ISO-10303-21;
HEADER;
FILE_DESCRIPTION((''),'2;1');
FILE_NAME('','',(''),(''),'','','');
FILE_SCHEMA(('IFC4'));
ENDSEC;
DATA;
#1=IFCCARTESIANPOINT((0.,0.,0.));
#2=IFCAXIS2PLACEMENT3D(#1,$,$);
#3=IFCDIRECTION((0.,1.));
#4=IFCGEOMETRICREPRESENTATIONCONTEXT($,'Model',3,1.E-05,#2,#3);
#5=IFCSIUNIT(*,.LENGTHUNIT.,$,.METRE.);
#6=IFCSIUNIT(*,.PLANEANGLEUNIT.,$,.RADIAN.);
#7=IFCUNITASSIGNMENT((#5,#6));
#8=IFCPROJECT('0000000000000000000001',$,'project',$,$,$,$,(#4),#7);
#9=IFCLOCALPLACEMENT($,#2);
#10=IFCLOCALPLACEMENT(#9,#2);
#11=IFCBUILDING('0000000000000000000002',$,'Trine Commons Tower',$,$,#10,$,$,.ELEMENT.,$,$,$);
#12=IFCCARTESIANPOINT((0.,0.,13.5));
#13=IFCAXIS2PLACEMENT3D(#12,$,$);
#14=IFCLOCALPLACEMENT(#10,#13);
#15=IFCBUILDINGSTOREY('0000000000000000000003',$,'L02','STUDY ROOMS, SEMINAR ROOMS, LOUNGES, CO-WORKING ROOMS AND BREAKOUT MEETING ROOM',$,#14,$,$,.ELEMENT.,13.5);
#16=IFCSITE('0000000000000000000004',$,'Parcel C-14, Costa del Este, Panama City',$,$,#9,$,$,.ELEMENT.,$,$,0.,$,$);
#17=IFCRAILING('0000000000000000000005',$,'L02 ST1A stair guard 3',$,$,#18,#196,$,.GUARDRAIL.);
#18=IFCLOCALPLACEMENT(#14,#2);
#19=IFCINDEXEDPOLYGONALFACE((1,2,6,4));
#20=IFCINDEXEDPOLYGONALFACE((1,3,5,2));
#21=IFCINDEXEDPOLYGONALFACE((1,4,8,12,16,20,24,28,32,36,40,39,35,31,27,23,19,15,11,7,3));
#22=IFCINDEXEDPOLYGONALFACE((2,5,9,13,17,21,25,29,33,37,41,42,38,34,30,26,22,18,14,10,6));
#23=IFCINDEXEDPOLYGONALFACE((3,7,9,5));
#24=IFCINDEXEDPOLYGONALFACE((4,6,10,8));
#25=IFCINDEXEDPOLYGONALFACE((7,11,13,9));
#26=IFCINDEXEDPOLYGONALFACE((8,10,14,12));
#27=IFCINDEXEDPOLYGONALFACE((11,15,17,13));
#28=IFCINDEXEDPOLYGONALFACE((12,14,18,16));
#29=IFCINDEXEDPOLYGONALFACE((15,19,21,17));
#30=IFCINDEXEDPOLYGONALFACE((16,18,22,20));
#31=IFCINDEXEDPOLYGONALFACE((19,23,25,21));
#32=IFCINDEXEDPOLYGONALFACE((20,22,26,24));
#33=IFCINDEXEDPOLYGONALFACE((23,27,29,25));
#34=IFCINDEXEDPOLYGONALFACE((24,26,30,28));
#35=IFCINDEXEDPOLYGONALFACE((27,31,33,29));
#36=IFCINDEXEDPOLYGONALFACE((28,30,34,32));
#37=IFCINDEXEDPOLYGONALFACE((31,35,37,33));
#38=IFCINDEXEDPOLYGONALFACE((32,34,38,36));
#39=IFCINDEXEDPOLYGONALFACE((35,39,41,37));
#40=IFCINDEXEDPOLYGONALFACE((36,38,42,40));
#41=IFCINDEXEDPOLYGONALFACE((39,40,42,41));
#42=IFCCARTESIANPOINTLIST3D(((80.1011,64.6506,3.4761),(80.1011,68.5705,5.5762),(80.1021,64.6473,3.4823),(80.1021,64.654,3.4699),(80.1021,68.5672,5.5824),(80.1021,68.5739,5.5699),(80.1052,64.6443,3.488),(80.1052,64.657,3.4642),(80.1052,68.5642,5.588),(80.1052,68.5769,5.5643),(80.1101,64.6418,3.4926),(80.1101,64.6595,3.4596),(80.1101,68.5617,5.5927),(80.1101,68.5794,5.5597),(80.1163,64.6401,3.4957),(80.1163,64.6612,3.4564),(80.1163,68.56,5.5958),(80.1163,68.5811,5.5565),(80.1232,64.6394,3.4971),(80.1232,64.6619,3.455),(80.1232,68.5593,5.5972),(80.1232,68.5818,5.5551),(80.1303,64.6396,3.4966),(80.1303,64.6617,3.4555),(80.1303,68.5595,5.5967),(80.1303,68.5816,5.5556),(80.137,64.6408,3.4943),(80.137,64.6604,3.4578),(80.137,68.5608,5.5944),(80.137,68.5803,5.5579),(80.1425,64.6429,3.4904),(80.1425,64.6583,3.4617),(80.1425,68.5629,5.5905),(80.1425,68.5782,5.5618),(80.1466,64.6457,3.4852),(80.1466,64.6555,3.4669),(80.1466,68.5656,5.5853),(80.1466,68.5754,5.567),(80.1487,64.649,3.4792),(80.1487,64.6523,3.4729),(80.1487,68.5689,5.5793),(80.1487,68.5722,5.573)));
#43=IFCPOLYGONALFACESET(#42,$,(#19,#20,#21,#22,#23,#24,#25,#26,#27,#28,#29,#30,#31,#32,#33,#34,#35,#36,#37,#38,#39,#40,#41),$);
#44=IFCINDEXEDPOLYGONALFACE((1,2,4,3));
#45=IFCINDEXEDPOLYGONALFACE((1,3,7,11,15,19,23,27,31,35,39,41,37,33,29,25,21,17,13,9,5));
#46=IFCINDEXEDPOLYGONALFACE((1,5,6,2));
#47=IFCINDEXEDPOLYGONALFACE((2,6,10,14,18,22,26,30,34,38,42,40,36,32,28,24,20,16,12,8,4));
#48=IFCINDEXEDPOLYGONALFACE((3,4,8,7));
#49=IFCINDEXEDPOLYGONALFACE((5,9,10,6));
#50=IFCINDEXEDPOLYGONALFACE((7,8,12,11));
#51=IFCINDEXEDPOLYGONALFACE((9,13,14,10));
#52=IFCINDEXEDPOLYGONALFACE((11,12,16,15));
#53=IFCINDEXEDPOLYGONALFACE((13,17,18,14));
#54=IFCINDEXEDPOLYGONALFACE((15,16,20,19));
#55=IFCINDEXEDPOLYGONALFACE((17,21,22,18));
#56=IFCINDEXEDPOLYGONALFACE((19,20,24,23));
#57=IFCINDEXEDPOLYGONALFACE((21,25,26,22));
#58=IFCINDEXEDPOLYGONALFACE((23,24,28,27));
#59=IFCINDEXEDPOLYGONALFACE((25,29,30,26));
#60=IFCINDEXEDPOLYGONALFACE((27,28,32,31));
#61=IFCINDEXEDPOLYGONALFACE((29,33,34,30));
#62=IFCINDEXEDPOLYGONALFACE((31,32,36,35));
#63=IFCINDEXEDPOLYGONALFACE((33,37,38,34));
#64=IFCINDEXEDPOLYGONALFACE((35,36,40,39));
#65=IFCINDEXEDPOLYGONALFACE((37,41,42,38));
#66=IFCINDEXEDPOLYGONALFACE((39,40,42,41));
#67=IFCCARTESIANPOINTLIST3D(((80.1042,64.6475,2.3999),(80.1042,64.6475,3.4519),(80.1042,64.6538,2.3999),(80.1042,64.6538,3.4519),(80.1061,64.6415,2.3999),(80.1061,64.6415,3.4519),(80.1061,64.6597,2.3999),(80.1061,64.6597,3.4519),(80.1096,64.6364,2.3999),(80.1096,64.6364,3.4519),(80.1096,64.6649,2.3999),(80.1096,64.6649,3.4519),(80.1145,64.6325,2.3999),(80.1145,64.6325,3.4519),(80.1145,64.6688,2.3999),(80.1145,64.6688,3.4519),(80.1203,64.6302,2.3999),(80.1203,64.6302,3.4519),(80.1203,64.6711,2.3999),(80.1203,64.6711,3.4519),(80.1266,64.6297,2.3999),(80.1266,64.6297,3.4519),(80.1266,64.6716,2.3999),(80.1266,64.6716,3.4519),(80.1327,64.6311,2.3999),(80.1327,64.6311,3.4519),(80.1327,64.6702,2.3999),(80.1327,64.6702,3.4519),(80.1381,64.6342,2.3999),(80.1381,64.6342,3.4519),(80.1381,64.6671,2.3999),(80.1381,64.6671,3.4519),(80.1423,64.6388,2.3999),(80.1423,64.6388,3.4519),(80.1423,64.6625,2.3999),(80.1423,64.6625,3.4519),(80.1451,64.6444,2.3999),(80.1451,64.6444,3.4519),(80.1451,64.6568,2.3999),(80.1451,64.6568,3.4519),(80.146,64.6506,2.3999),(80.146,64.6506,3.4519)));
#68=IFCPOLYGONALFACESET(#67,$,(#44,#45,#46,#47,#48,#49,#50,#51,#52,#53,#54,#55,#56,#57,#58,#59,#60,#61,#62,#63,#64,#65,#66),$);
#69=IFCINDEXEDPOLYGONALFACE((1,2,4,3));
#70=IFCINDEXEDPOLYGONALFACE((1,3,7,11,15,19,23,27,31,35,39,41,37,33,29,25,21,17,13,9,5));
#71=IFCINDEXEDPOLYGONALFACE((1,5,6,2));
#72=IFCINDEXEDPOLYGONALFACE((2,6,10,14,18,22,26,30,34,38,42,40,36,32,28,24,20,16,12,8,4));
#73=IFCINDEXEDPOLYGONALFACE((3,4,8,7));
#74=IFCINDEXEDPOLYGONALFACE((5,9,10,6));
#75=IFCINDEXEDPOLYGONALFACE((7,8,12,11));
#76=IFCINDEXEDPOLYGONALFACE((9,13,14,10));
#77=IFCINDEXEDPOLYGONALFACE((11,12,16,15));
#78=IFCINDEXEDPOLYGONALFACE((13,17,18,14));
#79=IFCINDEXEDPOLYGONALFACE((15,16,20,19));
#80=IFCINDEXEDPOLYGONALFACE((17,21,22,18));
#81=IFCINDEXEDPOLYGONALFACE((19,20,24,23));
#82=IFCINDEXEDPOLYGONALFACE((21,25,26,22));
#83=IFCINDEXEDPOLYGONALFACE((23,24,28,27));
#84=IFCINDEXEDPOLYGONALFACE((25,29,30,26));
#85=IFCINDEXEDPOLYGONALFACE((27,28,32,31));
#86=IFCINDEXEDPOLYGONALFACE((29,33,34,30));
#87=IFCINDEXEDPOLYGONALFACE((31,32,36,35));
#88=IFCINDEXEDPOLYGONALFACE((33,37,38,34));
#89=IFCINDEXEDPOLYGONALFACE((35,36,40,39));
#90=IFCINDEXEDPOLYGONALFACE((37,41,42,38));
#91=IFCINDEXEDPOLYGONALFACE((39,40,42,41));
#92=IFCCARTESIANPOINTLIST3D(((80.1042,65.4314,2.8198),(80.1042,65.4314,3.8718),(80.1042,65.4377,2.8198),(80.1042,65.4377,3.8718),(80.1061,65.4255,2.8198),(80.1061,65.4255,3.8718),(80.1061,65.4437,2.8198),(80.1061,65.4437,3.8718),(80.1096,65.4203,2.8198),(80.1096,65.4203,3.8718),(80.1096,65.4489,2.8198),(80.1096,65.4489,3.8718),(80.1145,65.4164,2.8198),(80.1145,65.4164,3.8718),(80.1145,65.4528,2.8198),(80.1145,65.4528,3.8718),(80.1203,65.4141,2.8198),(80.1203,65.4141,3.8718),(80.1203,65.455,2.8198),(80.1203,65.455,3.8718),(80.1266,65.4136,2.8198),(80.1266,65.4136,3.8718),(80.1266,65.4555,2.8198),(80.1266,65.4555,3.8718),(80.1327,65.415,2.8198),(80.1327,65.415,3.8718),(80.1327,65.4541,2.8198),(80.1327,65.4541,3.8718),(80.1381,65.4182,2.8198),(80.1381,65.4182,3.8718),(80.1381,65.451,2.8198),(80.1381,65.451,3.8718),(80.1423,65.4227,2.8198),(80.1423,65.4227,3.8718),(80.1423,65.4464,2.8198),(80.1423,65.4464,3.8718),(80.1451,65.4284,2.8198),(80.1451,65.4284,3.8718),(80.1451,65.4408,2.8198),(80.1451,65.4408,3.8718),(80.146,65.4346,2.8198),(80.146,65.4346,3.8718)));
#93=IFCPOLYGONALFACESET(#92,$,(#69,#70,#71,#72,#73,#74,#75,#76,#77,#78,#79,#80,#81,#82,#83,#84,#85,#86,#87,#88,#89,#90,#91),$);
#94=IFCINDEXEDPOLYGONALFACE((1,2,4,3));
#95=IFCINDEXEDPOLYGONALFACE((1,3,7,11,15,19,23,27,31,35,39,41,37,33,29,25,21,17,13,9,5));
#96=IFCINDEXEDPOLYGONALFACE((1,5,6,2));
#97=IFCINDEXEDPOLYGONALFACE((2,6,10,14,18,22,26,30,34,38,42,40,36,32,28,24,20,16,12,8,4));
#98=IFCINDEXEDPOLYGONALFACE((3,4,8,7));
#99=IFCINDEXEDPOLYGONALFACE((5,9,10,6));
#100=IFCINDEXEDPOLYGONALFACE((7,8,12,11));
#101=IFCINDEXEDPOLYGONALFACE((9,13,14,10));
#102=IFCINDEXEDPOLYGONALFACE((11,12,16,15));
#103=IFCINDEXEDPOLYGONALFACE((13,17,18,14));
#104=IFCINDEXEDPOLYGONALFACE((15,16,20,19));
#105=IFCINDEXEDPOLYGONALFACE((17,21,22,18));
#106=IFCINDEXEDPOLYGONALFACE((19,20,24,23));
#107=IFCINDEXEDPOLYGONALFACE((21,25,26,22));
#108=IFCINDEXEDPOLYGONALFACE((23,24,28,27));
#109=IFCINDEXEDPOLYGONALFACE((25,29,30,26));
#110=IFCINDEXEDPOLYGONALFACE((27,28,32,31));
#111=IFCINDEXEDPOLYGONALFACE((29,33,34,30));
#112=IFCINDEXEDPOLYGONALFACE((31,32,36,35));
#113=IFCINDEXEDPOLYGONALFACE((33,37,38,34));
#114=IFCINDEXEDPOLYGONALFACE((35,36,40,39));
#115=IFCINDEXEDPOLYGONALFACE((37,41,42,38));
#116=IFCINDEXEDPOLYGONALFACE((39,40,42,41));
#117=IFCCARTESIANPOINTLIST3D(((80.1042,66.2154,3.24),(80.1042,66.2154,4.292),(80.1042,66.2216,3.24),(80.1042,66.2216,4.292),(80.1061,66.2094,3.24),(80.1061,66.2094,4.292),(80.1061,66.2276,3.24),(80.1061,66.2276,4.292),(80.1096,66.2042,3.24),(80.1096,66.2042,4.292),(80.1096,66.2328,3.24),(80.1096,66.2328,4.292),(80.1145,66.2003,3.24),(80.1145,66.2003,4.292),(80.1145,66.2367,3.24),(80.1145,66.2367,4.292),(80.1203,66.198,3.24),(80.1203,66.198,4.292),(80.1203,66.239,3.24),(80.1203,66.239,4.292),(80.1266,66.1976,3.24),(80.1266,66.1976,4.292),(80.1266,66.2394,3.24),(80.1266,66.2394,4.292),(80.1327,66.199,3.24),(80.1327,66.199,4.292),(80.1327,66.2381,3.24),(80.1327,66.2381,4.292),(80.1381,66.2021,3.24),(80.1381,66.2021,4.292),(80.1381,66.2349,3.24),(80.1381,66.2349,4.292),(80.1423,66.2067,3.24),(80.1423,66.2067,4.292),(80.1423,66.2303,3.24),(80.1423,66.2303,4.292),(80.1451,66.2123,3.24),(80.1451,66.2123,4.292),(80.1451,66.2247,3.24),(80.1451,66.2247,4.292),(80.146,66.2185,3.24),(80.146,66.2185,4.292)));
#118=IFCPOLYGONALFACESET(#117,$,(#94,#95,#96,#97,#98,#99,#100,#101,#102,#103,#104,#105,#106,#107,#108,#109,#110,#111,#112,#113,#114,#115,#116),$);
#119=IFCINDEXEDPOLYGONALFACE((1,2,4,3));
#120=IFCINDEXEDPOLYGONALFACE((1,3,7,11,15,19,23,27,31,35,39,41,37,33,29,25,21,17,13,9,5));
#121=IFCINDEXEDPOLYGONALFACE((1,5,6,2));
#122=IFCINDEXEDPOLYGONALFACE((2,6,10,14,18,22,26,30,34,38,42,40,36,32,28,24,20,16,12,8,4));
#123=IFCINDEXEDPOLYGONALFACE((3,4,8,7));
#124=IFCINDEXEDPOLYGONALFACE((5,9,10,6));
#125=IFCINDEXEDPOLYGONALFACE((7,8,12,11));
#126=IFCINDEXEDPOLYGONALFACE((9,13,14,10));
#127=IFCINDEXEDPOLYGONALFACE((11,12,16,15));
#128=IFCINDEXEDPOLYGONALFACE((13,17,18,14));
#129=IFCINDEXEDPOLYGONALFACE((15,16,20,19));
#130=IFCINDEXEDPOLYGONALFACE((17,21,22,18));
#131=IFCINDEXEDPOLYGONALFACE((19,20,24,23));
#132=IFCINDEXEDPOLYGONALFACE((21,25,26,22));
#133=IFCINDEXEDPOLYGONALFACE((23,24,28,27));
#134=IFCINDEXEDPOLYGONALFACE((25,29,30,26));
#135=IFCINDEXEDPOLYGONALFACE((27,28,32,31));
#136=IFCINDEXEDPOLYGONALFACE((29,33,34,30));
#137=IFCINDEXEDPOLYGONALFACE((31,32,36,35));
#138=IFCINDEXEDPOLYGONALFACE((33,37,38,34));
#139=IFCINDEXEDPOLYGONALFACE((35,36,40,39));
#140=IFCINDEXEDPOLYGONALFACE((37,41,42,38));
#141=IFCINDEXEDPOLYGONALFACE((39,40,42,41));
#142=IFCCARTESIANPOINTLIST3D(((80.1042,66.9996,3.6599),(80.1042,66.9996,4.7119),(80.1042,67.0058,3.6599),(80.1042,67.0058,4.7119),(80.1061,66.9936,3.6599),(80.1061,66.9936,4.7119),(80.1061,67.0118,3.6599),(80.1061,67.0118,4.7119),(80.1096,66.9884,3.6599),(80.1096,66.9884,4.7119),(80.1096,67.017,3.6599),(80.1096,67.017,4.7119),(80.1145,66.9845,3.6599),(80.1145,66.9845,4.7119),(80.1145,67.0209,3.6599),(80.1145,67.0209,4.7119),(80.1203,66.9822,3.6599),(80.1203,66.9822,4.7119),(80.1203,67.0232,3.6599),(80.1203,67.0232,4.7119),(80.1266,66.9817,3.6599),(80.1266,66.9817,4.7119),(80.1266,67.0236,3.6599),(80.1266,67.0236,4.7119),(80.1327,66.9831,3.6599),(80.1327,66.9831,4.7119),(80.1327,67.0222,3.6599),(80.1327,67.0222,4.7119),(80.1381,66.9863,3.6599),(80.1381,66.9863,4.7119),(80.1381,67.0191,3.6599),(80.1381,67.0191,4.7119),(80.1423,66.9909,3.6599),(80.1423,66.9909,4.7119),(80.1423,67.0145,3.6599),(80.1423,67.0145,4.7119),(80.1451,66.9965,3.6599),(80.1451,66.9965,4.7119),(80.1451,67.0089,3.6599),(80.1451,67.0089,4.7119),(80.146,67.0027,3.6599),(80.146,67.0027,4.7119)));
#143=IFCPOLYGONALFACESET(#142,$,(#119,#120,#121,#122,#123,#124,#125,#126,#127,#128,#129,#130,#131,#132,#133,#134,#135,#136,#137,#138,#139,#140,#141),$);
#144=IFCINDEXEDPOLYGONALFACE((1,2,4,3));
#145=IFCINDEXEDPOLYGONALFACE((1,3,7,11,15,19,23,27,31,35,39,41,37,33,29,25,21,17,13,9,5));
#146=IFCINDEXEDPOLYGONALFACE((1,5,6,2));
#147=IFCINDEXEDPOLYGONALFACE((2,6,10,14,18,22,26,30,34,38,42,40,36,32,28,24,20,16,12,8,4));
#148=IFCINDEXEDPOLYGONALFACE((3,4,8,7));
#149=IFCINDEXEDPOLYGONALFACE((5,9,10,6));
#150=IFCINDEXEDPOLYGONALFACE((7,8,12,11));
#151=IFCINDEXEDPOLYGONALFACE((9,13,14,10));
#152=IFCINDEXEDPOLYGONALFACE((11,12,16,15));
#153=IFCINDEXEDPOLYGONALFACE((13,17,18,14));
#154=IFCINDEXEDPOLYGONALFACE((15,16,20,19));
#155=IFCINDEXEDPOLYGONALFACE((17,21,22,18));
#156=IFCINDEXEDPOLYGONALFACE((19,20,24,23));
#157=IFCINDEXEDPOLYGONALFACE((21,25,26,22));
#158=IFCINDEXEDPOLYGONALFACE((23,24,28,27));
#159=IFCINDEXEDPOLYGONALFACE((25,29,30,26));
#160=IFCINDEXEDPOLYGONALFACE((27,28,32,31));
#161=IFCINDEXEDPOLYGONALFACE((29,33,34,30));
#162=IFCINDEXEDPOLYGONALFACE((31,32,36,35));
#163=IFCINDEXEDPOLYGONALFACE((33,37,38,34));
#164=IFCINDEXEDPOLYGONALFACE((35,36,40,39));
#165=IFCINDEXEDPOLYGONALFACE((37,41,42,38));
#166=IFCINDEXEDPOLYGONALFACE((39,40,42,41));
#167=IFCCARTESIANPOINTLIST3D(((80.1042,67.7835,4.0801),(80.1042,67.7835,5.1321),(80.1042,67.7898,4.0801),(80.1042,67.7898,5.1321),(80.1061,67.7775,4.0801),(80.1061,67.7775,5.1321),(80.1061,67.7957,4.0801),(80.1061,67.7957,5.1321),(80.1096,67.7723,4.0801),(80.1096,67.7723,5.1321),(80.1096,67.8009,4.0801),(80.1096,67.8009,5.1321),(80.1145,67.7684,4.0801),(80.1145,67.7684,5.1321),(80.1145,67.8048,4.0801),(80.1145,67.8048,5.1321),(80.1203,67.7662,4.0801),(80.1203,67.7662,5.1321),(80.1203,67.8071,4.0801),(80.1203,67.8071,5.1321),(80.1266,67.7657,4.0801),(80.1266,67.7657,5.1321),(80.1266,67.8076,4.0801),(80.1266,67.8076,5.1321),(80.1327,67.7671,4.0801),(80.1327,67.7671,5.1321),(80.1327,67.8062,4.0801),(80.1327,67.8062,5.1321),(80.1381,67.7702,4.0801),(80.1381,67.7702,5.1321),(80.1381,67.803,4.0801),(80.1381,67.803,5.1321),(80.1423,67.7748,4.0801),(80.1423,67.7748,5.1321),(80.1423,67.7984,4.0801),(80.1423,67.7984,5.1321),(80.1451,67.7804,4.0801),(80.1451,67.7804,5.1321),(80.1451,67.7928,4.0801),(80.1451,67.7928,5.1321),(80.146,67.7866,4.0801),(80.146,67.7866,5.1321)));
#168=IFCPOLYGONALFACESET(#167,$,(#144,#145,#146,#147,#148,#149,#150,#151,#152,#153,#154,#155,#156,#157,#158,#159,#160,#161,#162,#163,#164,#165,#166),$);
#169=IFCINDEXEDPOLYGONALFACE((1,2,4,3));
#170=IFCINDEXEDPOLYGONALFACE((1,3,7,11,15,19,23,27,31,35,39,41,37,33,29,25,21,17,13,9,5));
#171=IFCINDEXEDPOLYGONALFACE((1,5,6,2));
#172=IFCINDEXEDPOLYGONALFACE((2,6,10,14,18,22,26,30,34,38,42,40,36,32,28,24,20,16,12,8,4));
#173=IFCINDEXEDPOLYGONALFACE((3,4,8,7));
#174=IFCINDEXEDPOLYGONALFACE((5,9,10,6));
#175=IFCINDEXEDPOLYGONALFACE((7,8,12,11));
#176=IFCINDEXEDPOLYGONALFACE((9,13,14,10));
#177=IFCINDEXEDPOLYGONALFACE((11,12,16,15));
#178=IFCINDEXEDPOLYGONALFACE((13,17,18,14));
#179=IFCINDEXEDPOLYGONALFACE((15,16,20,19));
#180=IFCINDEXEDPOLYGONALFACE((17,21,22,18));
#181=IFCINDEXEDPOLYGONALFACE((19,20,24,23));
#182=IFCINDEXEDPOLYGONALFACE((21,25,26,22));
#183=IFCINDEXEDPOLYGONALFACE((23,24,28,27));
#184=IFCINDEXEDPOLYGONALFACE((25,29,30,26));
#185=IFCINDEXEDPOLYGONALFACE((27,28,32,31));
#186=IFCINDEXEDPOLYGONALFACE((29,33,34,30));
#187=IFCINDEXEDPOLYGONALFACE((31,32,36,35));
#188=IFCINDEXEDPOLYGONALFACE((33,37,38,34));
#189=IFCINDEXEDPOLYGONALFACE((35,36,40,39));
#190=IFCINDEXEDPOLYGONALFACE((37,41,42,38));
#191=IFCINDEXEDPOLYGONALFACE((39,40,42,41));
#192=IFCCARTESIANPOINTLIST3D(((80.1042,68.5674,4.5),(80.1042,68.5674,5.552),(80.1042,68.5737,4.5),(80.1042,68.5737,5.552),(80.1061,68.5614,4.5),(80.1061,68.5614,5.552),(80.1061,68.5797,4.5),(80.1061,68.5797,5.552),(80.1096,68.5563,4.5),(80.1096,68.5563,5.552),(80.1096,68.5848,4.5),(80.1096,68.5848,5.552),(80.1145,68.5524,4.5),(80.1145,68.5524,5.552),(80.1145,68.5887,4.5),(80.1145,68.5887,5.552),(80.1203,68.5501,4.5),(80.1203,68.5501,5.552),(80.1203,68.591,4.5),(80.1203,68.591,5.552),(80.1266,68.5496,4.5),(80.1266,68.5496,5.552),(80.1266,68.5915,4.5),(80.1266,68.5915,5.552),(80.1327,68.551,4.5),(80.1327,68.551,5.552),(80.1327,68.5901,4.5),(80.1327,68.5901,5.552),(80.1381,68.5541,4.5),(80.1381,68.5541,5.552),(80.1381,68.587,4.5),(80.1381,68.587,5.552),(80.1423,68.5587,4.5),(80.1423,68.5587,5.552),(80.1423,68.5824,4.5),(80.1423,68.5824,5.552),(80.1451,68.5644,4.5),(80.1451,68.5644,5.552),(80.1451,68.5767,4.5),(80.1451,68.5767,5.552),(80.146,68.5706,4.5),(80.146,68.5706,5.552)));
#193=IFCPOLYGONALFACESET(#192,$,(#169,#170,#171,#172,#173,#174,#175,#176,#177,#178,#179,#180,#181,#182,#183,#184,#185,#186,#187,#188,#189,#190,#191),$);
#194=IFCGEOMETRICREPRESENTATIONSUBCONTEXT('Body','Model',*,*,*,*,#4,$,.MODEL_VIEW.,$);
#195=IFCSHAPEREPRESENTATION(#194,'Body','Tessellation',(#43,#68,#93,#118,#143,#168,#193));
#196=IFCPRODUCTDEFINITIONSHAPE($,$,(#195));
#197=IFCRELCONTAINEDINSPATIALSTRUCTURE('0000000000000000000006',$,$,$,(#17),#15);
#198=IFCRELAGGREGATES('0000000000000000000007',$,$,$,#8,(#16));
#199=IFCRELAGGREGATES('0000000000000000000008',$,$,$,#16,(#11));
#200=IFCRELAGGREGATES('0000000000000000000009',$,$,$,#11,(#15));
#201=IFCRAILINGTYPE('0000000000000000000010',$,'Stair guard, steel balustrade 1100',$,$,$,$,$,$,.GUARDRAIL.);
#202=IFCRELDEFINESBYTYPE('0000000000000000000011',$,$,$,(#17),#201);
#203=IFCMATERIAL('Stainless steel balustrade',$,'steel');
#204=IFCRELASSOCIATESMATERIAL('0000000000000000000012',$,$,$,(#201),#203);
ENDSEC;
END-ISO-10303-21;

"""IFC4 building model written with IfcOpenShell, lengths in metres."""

from ifc_helpers import new_model, si_unit, direction, frame, origin, origin_2d, place, context, subcontext, project, spatial, circle, extrude, material, type_object, element, save


model = new_model("IFC4")

# Units and contexts
model_context = context("Model", 3, precision=1e-05, world=origin(), true_north=direction((0.0, 1.0)))
body_context = subcontext(model_context, "Body", "Model", "MODEL_VIEW")
ifc_project = project(units=[si_unit("LENGTHUNIT", "METRE"), si_unit("PLANEANGLEUNIT", "RADIAN")], contexts=[model_context])

# Site, building, storey
site_placement = place(None, origin())
site = spatial("IfcSite", under=ifc_project, at=site_placement, Name="Parcel C-14, Costa del Este, Panama City", CompositionType="ELEMENT", RefElevation=0.0)
building_placement = place(site_placement, origin())
building = spatial("IfcBuilding", under=site, at=building_placement, Name="Trine Commons Tower", CompositionType="ELEMENT")
storey_placement = place(building_placement, frame((0.0, 0.0, 13.5)))
storey = spatial("IfcBuildingStorey", under=building, at=storey_placement, Name="L02", Description="STUDY ROOMS, SEMINAR ROOMS, LOUNGES, CO-WORKING ROOMS AND BREAKOUT MEETING ROOM", CompositionType="ELEMENT", Elevation=13.5)

# Railing
ifc_material_1 = material(Name="Stainless steel balustrade", Category="steel")
railing_type_1 = type_object("IfcRailingType", Name="Stair guard, steel balustrade 1100", PredefinedType="GUARDRAIL", material=ifc_material_1)
railing_1_placement = place(storey_placement, frame((80.125, 64.6506, 2.3999)))
element("IfcRailing", 1, at=railing_1_placement, inside=storey, type_object=railing_type_1, Name="L02 ST1A stair guard 3", PredefinedType="GUARDRAIL", context=body_context, shape_type="SweptSolid", body=[
    extrude(circle(Radius=0.0239, at=origin_2d()), frame((0.0, 0.0, 1.0762), z_axis=(0.0, 0.881467, 0.472246), x_axis=(-1.0, 0.0, 0.0)), (0.0, 0.0, 1.0), 4.447),
    extrude(circle(Radius=0.021, at=origin_2d()), origin(), (0.0, 0.0, 1.0), 1.052),
    extrude(circle(Radius=0.021, at=origin_2d()), frame((0.0, 0.7839, 0.4199)), (0.0, 0.0, 1.0), 1.052),
    extrude(circle(Radius=0.021, at=origin_2d()), frame((0.0, 1.5679, 0.8401)), (0.0, 0.0, 1.0), 1.052),
    extrude(circle(Radius=0.021, at=origin_2d()), frame((0.0, 2.3521, 1.26)), (0.0, 0.0, 1.0), 1.052),
    extrude(circle(Radius=0.021, at=origin_2d()), frame((0.0, 3.136, 1.6802)), (0.0, 0.0, 1.0), 1.052),
    extrude(circle(Radius=0.021, at=origin_2d()), frame((0.0, 3.9199, 2.1001)), (0.0, 0.0, 1.0), 1.052),
])

save(model, "model.ifc")
